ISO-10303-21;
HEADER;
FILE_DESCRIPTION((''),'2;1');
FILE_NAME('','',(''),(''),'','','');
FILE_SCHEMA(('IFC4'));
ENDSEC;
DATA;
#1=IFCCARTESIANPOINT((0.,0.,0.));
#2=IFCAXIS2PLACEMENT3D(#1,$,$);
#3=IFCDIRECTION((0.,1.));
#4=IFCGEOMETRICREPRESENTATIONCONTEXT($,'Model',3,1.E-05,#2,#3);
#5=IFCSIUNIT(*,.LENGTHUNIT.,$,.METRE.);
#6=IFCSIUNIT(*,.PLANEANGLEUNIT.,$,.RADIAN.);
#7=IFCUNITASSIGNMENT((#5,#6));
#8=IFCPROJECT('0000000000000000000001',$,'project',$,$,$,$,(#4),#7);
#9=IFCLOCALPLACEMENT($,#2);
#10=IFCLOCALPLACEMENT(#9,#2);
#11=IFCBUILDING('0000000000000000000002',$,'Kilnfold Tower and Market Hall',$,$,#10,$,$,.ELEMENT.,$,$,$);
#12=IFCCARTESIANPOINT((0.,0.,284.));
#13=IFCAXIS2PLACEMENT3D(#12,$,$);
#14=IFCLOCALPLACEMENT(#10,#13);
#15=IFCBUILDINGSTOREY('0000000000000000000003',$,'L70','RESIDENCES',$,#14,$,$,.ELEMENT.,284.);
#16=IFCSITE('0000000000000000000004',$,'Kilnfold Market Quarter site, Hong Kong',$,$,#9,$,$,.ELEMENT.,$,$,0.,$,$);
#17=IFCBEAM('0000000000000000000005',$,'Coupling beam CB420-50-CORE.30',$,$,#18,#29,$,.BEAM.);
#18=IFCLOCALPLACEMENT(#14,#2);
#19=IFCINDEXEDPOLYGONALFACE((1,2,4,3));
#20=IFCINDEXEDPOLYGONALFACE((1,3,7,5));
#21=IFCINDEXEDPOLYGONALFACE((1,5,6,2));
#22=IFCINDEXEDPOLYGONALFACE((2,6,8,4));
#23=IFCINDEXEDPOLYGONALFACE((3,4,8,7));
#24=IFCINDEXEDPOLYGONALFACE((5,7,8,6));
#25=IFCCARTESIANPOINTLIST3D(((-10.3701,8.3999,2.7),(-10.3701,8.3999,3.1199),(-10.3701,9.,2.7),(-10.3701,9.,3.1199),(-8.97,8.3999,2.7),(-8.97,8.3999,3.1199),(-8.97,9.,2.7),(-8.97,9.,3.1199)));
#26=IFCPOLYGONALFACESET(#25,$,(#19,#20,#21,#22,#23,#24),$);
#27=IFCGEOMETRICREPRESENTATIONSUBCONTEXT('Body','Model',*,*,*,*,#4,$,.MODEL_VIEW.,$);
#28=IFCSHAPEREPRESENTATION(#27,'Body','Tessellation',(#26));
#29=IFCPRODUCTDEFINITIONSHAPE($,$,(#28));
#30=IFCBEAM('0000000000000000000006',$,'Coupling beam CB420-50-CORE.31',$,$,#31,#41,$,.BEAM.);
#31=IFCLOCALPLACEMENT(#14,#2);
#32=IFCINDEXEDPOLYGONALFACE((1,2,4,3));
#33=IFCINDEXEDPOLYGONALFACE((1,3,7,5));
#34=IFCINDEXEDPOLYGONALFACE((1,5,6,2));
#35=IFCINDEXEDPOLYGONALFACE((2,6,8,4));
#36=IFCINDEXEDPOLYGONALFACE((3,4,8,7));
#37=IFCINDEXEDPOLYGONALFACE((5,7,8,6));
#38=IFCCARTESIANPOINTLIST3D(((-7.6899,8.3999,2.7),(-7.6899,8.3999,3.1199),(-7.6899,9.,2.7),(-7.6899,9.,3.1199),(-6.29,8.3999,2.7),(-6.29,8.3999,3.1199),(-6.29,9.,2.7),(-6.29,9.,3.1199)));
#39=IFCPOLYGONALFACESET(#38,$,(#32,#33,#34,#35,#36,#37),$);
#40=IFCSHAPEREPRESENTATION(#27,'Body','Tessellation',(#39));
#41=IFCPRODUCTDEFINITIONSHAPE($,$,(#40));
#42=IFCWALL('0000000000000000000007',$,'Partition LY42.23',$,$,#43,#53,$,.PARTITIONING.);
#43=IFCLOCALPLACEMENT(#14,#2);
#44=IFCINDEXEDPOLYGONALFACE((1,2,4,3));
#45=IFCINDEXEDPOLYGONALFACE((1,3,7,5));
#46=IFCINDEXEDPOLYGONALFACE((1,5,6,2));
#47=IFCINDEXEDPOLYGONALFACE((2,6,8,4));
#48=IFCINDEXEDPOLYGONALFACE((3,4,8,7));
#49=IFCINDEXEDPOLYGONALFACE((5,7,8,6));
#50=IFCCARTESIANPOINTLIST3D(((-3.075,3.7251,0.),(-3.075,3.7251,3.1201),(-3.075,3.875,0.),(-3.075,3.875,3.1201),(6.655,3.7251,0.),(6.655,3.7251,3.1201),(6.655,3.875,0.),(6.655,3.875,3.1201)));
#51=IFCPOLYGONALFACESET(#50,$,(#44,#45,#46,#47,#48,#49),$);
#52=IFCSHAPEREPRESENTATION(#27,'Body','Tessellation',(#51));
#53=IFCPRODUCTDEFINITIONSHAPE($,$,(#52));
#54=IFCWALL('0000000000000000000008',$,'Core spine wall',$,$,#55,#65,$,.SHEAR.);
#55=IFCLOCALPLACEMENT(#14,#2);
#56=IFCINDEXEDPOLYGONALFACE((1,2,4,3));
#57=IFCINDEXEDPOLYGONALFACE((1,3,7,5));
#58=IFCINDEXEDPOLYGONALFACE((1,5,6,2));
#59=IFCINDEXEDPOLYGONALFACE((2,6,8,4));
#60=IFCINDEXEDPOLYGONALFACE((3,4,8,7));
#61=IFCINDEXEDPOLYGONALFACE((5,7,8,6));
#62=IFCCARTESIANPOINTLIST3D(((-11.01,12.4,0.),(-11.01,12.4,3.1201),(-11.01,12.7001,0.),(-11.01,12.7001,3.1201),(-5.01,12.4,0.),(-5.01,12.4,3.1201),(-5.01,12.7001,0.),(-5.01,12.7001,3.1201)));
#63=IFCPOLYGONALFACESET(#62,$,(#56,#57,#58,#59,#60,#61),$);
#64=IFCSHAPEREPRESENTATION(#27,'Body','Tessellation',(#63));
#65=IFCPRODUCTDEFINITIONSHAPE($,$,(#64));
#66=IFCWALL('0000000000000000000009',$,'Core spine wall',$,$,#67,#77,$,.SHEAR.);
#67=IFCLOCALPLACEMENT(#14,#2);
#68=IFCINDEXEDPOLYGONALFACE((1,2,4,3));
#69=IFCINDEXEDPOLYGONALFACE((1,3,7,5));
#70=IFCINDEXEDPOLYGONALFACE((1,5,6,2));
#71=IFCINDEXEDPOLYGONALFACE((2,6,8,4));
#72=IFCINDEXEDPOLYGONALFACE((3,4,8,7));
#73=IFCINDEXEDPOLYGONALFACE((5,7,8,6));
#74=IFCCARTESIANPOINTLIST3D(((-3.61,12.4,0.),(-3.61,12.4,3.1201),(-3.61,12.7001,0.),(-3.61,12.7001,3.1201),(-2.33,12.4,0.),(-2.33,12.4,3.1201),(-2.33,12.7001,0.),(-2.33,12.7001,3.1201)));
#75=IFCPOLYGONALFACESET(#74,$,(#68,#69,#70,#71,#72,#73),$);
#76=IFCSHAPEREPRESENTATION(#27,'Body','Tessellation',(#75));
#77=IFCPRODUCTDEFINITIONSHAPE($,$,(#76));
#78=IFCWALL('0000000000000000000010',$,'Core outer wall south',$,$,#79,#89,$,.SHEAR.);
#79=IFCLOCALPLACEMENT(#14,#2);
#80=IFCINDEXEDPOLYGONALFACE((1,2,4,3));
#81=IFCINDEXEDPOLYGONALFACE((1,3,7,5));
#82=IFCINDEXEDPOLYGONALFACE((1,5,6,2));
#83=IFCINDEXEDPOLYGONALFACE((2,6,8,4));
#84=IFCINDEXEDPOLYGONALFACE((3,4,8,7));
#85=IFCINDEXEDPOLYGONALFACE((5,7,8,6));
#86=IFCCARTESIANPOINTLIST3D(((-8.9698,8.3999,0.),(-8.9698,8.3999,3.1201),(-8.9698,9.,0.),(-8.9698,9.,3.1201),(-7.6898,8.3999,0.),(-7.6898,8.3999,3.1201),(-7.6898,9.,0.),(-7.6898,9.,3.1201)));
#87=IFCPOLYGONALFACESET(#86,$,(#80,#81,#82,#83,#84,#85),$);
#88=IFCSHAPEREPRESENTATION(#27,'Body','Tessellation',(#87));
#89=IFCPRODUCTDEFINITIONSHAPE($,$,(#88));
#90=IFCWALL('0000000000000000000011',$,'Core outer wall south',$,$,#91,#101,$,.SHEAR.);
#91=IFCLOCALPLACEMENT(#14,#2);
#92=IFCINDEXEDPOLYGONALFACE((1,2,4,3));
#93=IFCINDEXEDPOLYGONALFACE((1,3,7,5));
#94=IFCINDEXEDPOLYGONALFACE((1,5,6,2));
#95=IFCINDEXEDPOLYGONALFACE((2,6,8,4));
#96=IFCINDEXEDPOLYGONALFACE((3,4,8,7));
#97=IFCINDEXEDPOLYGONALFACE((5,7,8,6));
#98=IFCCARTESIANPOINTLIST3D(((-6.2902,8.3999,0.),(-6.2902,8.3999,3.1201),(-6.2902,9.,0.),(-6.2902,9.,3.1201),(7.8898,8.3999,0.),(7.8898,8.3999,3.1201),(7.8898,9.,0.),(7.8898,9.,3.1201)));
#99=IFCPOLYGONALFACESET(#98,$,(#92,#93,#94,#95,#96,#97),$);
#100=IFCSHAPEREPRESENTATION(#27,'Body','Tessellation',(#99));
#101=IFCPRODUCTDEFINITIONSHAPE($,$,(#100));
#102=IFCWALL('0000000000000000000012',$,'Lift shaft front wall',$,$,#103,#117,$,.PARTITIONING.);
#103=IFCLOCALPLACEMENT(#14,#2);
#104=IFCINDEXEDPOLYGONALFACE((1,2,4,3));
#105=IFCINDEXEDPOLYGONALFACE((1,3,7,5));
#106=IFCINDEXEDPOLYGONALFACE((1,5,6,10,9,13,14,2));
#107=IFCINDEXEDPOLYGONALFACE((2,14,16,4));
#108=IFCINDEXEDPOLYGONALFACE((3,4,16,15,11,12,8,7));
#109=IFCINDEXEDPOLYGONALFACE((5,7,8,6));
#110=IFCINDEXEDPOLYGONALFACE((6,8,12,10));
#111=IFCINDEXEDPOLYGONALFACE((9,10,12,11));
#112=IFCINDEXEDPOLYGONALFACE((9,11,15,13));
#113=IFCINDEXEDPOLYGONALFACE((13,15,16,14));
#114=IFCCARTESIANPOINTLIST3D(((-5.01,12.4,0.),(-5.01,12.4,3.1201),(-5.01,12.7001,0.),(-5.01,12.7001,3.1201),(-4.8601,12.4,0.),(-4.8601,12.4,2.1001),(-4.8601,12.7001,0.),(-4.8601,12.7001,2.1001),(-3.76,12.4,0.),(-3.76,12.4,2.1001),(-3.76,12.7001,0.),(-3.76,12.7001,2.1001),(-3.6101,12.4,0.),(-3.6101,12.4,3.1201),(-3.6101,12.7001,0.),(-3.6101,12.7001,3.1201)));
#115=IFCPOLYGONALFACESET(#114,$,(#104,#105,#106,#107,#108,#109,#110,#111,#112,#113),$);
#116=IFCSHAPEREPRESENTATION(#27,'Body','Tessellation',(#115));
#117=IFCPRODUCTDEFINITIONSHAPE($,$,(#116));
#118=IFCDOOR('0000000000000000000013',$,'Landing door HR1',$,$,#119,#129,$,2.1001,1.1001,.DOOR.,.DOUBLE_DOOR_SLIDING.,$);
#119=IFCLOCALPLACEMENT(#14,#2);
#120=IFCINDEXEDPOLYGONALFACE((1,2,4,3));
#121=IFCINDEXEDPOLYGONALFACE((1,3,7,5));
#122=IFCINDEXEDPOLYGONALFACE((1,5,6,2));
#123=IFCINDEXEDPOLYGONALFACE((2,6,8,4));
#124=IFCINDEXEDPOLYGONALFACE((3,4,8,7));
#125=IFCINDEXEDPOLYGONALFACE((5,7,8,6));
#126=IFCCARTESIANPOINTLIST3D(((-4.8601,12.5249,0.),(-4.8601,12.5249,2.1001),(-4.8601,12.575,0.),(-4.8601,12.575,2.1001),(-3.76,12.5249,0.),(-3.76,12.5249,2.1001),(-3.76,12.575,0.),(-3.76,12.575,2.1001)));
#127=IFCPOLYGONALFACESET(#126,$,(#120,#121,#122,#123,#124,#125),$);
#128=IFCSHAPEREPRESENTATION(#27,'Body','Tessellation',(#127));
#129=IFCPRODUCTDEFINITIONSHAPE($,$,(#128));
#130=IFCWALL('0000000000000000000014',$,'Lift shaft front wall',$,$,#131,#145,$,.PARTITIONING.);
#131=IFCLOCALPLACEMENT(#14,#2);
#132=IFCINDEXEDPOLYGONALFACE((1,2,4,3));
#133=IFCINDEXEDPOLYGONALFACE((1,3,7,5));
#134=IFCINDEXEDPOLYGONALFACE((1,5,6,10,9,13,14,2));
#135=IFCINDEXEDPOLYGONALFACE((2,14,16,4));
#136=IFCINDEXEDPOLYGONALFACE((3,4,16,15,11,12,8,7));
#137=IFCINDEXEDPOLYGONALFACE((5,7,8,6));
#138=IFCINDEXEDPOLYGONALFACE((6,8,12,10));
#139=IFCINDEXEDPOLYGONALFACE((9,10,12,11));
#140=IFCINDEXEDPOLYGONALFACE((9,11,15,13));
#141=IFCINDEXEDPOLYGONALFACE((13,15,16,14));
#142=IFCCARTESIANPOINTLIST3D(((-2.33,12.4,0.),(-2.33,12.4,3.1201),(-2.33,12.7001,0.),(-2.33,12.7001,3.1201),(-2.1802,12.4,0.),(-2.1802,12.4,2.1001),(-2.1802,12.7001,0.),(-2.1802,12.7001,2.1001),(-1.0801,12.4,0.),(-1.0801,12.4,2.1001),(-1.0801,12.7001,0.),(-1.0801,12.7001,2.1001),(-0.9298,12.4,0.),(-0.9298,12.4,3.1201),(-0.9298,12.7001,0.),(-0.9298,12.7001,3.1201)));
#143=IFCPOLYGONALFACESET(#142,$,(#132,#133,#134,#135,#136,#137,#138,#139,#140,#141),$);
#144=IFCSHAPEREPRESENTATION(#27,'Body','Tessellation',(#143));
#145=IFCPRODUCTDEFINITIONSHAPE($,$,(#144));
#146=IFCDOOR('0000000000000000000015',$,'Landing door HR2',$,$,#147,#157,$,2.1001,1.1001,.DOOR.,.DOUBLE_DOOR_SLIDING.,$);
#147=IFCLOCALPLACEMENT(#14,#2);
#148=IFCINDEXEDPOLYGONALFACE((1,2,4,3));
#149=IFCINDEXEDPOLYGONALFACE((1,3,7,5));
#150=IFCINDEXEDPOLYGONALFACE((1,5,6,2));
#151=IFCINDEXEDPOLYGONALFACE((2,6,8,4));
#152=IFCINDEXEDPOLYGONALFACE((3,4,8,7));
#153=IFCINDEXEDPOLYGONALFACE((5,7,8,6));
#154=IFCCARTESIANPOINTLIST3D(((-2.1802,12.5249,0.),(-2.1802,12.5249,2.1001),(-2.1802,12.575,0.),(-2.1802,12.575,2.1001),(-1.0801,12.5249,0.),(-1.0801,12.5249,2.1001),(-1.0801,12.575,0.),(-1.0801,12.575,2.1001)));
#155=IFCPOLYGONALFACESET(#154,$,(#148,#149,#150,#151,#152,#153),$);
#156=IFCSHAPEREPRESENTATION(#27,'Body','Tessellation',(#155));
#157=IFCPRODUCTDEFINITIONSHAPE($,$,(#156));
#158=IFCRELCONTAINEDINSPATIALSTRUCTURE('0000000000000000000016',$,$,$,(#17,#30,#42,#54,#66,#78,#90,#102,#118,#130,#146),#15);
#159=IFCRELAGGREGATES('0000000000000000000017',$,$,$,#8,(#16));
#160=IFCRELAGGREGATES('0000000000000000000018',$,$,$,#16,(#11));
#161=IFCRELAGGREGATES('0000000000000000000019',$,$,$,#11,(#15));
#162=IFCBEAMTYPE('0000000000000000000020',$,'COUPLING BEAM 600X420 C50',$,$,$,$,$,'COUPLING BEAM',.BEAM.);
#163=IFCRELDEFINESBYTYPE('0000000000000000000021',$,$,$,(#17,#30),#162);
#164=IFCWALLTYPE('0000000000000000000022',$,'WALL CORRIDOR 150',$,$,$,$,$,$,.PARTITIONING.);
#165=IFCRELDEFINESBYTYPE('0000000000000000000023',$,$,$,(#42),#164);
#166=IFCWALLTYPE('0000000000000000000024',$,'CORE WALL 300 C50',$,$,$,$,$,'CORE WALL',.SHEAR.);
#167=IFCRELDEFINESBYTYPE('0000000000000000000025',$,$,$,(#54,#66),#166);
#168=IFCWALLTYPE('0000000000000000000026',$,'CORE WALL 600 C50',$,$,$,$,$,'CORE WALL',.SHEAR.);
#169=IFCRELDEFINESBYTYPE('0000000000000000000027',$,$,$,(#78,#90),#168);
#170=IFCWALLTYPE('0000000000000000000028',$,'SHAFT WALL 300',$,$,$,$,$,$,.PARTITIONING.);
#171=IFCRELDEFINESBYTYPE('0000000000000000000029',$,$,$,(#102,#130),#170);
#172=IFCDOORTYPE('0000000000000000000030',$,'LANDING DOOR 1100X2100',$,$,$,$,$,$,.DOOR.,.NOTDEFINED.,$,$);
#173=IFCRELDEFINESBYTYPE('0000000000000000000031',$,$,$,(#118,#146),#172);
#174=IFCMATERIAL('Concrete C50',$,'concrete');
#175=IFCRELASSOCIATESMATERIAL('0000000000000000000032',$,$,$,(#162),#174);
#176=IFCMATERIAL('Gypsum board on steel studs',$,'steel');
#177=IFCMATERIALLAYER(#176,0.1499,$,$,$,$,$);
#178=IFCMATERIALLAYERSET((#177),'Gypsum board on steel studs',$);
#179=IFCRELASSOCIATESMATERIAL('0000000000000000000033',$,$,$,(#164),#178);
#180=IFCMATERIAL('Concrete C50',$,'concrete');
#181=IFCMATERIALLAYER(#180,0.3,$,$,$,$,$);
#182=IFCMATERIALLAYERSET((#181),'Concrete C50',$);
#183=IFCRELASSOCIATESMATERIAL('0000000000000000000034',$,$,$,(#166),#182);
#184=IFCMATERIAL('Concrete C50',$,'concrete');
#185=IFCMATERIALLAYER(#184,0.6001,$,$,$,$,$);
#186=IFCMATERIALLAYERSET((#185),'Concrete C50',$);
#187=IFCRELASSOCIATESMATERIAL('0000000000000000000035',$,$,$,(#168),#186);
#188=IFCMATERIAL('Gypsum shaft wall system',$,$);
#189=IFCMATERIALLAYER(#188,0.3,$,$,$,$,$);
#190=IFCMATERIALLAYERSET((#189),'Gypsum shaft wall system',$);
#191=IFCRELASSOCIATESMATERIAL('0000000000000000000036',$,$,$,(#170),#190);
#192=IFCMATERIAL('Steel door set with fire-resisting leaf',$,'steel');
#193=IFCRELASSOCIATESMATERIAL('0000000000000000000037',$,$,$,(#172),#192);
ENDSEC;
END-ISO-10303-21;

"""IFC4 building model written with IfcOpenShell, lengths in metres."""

from ifc_helpers import new_model, si_unit, direction, frame, frame_2d, origin, origin_2d, place, context, subcontext, project, spatial, rectangle, extrude, source, transform, mapped, material, layer, layer_set, material_profile, profile_set, type_object, element, fill, save


model = new_model("IFC4")

# Units and contexts
model_context = context("Model", 3, precision=1e-05, world=origin(), true_north=direction((0.0, 1.0)))
body_context = subcontext(model_context, "Body", "Model", "MODEL_VIEW")
ifc_project = project(units=[si_unit("LENGTHUNIT", "METRE"), si_unit("PLANEANGLEUNIT", "RADIAN")], contexts=[model_context])

# Site, building, storey
site_placement = place(None, origin())
site = spatial("IfcSite", under=ifc_project, at=site_placement, Name="Kilnfold Market Quarter site, Hong Kong", CompositionType="ELEMENT", RefElevation=0.0)
building_placement = place(site_placement, origin())
building = spatial("IfcBuilding", under=site, at=building_placement, Name="Kilnfold Tower and Market Hall", CompositionType="ELEMENT")
storey_placement = place(building_placement, frame((0.0, 0.0, 284.0)))
storey = spatial("IfcBuildingStorey", under=building, at=storey_placement, Name="L70", Description="RESIDENCES", CompositionType="ELEMENT", Elevation=284.0)

# Beams
ifc_material_1 = material(Name="Concrete C50", Category="concrete")
ifc_material_profile = material_profile(ifc_material_1, rectangle(XDim=0.6001, YDim=0.4199, at=origin_2d()), Name="RC 600x420")
ifc_profile_set = profile_set([ifc_material_profile], Name="Concrete C50")
beam_type = type_object("IfcBeamType", Name="COUPLING BEAM 600X420 C50", ElementType="COUPLING BEAM", PredefinedType="BEAM", material=ifc_profile_set)
shared_shape_1 = source(origin(), body_context, "Body", "SweptSolid", [
    extrude(rectangle(XDim=0.6001, YDim=0.4199, at=origin_2d()), origin(), (0.0, 0.0, 1.0), 1.4001),
])
beam_1_placement = place(storey_placement, frame((-10.3701, 8.7, 2.9099), z_axis=(1.0, 0.0, 0.0), x_axis=(0.0, 1.0, 0.0)))
element("IfcBeam", 1, at=beam_1_placement, inside=storey, type_object=beam_type, Name="Coupling beam CB420-50-CORE.30", PredefinedType="BEAM", context=body_context, shape_type="MappedRepresentation", body=[
    mapped(shared_shape_1, transform((0.0, 0.0, 0.0))),
])
shared_shape_2 = source(origin(), body_context, "Body", "SweptSolid", [
    extrude(rectangle(XDim=0.6001, YDim=0.4199, at=origin_2d()), origin(), (0.0, 0.0, 1.0), 1.3999),
])
beam_2_placement = place(storey_placement, frame((-7.6899, 8.7, 2.9099), z_axis=(1.0, 0.0, 0.0), x_axis=(0.0, 1.0, 0.0)))
element("IfcBeam", 2, at=beam_2_placement, inside=storey, type_object=beam_type, Name="Coupling beam CB420-50-CORE.31", PredefinedType="BEAM", context=body_context, shape_type="MappedRepresentation", body=[
    mapped(shared_shape_2, transform((0.0, 0.0, 0.0))),
])

# Walls
ifc_material_2 = material(Name="Gypsum board on steel studs", Category="steel")
ifc_layer_1 = layer(ifc_material_2, 0.1499)
ifc_layer_set_1 = layer_set([ifc_layer_1], Name="Gypsum board on steel studs")
wall_type_1 = type_object("IfcWallType", Name="WALL CORRIDOR 150", PredefinedType="PARTITIONING", material=ifc_layer_set_1)
wall_1_placement = place(storey_placement, frame((-3.075, 3.8, 0.0), z_axis=(0.0, 0.0, 1.0), x_axis=(1.0, 0.0, 0.0)))
element("IfcWall", 3, at=wall_1_placement, inside=storey, type_object=wall_type_1, Name="Partition LY42.23", PredefinedType="PARTITIONING", context=body_context, shape_type="SweptSolid", body=[
    extrude(rectangle(XDim=9.73, YDim=0.1499, at=frame_2d((4.865, 0.0))), origin(), (0.0, 0.0, 1.0), 3.1201),
])
ifc_material_3 = material(Name="Concrete C50", Category="concrete")
ifc_layer_2 = layer(ifc_material_3, 0.3)
ifc_layer_set_2 = layer_set([ifc_layer_2], Name="Concrete C50")
wall_type_2 = type_object("IfcWallType", Name="CORE WALL 300 C50", ElementType="CORE WALL", PredefinedType="SHEAR", material=ifc_layer_set_2)
shared_shape_3 = source(origin(), body_context, "Body", "SweptSolid", [
    extrude(rectangle(XDim=6.0, YDim=0.3, at=frame_2d((3.0, 0.0))), origin(), (0.0, 0.0, 1.0), 3.1201),
])
wall_2_placement = place(storey_placement, frame((-11.01, 12.55, 0.0), z_axis=(0.0, 0.0, 1.0), x_axis=(1.0, 0.0, 0.0)))
element("IfcWall", 4, at=wall_2_placement, inside=storey, type_object=wall_type_2, Name="Core spine wall", PredefinedType="SHEAR", context=body_context, shape_type="MappedRepresentation", body=[
    mapped(shared_shape_3, transform((0.0, 0.0, 0.0))),
])
shared_shape_4 = source(origin(), body_context, "Body", "SweptSolid", [
    extrude(rectangle(XDim=1.28, YDim=0.3, at=frame_2d((0.6401, 0.0))), origin(), (0.0, 0.0, 1.0), 3.1201),
])
wall_3_placement = place(storey_placement, frame((-3.6101, 12.55, 0.0), z_axis=(0.0, 0.0, 1.0), x_axis=(1.0, 0.0, 0.0)))
element("IfcWall", 5, at=wall_3_placement, inside=storey, type_object=wall_type_2, Name="Core spine wall", PredefinedType="SHEAR", context=body_context, shape_type="MappedRepresentation", body=[
    mapped(shared_shape_4, transform((0.0, 0.0, 0.0))),
])
ifc_material_4 = material(Name="Concrete C50", Category="concrete")
ifc_layer_3 = layer(ifc_material_4, 0.6001)
ifc_layer_set_3 = layer_set([ifc_layer_3], Name="Concrete C50")
wall_type_3 = type_object("IfcWallType", Name="CORE WALL 600 C50", ElementType="CORE WALL", PredefinedType="SHEAR", material=ifc_layer_set_3)
shared_shape_5 = source(origin(), body_context, "Body", "SweptSolid", [
    extrude(rectangle(XDim=1.28, YDim=0.6001, at=frame_2d((0.6401, 0.0))), origin(), (0.0, 0.0, 1.0), 3.1201),
])
wall_4_placement = place(storey_placement, frame((-8.97, 8.7, 0.0), z_axis=(0.0, 0.0, 1.0), x_axis=(1.0, 0.0, 0.0)))
element("IfcWall", 6, at=wall_4_placement, inside=storey, type_object=wall_type_3, Name="Core outer wall south", PredefinedType="SHEAR", context=body_context, shape_type="MappedRepresentation", body=[
    mapped(shared_shape_5, transform((0.0, 0.0, 0.0))),
])
shared_shape_6 = source(origin(), body_context, "Body", "SweptSolid", [
    extrude(rectangle(XDim=14.1799, YDim=0.6001, at=frame_2d((7.0898, 0.0))), origin(), (0.0, 0.0, 1.0), 3.1201),
])
wall_5_placement = place(storey_placement, frame((-6.29, 8.7, 0.0), z_axis=(0.0, 0.0, 1.0), x_axis=(1.0, 0.0, 0.0)))
element("IfcWall", 7, at=wall_5_placement, inside=storey, type_object=wall_type_3, Name="Core outer wall south", PredefinedType="SHEAR", context=body_context, shape_type="MappedRepresentation", body=[
    mapped(shared_shape_6, transform((0.0, 0.0, 0.0))),
])

# Walls, openings, doors
ifc_material_5 = material(Name="Gypsum shaft wall system")
ifc_layer_4 = layer(ifc_material_5, 0.3)
ifc_layer_set_4 = layer_set([ifc_layer_4], Name="Gypsum shaft wall system")
wall_type_4 = type_object("IfcWallType", Name="SHAFT WALL 300", PredefinedType="PARTITIONING", material=ifc_layer_set_4)
shared_shape_7 = source(origin(), body_context, "Body", "SweptSolid", [
    extrude(rectangle(XDim=1.3999, YDim=0.3, at=frame_2d((0.7, 0.0))), origin(), (0.0, 0.0, 1.0), 3.1201),
])
wall_6_placement = place(storey_placement, frame((-5.01, 12.55, 0.0), z_axis=(0.0, 0.0, 1.0), x_axis=(1.0, 0.0, 0.0)))
wall_6 = element("IfcWall", 8, at=wall_6_placement, inside=storey, type_object=wall_type_4, Name="Lift shaft front wall", PredefinedType="PARTITIONING", context=body_context, shape_type="MappedRepresentation", body=[
    mapped(shared_shape_7, transform((0.0, 0.0, 0.0))),
])
opening_1_placement = place(wall_6_placement, frame((0.1499, 0.0, 0.0)))
opening_1 = element("IfcOpeningElement", 9, at=opening_1_placement, cuts=wall_6, PredefinedType="OPENING", context=body_context, shape_type="SweptSolid", body=[
    extrude(rectangle(XDim=1.1001, YDim=2.1001, at=frame_2d((0.55, 1.05))), frame((0.0, 0.1602, 0.0), z_axis=(0.0, -1.0, 0.0), x_axis=(1.0, 0.0, 0.0)), (0.0, 0.0, 1.0), 0.3201),
])
ifc_material_6 = material(Name="Steel door set with fire-resisting leaf", Category="steel")
door_type_1 = type_object("IfcDoorType", Name="LANDING DOOR 1100X2100", OperationType="NOTDEFINED", PredefinedType="DOOR", material=ifc_material_6)
door_1_placement = place(opening_1_placement, origin())
door_1 = element("IfcDoor", 10, at=door_1_placement, inside=storey, type_object=door_type_1, Name="Landing door HR1", OperationType="DOUBLE_DOOR_SLIDING", OverallHeight=2.1001, OverallWidth=1.1001, PredefinedType="DOOR", context=body_context, shape_type="SweptSolid", body=[
    extrude(rectangle(XDim=1.1001, YDim=2.1001, at=frame_2d((0.55, 1.05))), frame((0.0, 0.0249, 0.0), z_axis=(0.0, -1.0, 0.0), x_axis=(1.0, 0.0, 0.0)), (0.0, 0.0, 1.0), 0.05),
])
fill(opening_1, door_1)
shared_shape_8 = source(origin(), body_context, "Body", "SweptSolid", [
    extrude(rectangle(XDim=1.4001, YDim=0.3, at=frame_2d((0.7002, 0.0))), origin(), (0.0, 0.0, 1.0), 3.1201),
])
wall_7_placement = place(storey_placement, frame((-2.3301, 12.55, 0.0), z_axis=(0.0, 0.0, 1.0), x_axis=(1.0, 0.0, 0.0)))
wall_7 = element("IfcWall", 11, at=wall_7_placement, inside=storey, type_object=wall_type_4, Name="Lift shaft front wall", PredefinedType="PARTITIONING", context=body_context, shape_type="MappedRepresentation", body=[
    mapped(shared_shape_8, transform((0.0, 0.0, 0.0))),
])
opening_2_placement = place(wall_7_placement, frame((0.1499, 0.0, 0.0)))
opening_2 = element("IfcOpeningElement", 12, at=opening_2_placement, cuts=wall_7, PredefinedType="OPENING", context=body_context, shape_type="SweptSolid", body=[
    extrude(rectangle(XDim=1.1001, YDim=2.1001, at=frame_2d((0.55, 1.05))), frame((0.0, 0.1602, 0.0), z_axis=(0.0, -1.0, 0.0), x_axis=(1.0, 0.0, 0.0)), (0.0, 0.0, 1.0), 0.3201),
])
door_2_placement = place(opening_2_placement, origin())
door_2 = element("IfcDoor", 13, at=door_2_placement, inside=storey, type_object=door_type_1, Name="Landing door HR2", OperationType="DOUBLE_DOOR_SLIDING", OverallHeight=2.1001, OverallWidth=1.1001, PredefinedType="DOOR", context=body_context, shape_type="SweptSolid", body=[
    extrude(rectangle(XDim=1.1001, YDim=2.1001, at=frame_2d((0.55, 1.05))), frame((0.0, 0.0249, 0.0), z_axis=(0.0, -1.0, 0.0), x_axis=(1.0, 0.0, 0.0)), (0.0, 0.0, 1.0), 0.05),
])
fill(opening_2, door_2)

save(model, "model.ifc")
